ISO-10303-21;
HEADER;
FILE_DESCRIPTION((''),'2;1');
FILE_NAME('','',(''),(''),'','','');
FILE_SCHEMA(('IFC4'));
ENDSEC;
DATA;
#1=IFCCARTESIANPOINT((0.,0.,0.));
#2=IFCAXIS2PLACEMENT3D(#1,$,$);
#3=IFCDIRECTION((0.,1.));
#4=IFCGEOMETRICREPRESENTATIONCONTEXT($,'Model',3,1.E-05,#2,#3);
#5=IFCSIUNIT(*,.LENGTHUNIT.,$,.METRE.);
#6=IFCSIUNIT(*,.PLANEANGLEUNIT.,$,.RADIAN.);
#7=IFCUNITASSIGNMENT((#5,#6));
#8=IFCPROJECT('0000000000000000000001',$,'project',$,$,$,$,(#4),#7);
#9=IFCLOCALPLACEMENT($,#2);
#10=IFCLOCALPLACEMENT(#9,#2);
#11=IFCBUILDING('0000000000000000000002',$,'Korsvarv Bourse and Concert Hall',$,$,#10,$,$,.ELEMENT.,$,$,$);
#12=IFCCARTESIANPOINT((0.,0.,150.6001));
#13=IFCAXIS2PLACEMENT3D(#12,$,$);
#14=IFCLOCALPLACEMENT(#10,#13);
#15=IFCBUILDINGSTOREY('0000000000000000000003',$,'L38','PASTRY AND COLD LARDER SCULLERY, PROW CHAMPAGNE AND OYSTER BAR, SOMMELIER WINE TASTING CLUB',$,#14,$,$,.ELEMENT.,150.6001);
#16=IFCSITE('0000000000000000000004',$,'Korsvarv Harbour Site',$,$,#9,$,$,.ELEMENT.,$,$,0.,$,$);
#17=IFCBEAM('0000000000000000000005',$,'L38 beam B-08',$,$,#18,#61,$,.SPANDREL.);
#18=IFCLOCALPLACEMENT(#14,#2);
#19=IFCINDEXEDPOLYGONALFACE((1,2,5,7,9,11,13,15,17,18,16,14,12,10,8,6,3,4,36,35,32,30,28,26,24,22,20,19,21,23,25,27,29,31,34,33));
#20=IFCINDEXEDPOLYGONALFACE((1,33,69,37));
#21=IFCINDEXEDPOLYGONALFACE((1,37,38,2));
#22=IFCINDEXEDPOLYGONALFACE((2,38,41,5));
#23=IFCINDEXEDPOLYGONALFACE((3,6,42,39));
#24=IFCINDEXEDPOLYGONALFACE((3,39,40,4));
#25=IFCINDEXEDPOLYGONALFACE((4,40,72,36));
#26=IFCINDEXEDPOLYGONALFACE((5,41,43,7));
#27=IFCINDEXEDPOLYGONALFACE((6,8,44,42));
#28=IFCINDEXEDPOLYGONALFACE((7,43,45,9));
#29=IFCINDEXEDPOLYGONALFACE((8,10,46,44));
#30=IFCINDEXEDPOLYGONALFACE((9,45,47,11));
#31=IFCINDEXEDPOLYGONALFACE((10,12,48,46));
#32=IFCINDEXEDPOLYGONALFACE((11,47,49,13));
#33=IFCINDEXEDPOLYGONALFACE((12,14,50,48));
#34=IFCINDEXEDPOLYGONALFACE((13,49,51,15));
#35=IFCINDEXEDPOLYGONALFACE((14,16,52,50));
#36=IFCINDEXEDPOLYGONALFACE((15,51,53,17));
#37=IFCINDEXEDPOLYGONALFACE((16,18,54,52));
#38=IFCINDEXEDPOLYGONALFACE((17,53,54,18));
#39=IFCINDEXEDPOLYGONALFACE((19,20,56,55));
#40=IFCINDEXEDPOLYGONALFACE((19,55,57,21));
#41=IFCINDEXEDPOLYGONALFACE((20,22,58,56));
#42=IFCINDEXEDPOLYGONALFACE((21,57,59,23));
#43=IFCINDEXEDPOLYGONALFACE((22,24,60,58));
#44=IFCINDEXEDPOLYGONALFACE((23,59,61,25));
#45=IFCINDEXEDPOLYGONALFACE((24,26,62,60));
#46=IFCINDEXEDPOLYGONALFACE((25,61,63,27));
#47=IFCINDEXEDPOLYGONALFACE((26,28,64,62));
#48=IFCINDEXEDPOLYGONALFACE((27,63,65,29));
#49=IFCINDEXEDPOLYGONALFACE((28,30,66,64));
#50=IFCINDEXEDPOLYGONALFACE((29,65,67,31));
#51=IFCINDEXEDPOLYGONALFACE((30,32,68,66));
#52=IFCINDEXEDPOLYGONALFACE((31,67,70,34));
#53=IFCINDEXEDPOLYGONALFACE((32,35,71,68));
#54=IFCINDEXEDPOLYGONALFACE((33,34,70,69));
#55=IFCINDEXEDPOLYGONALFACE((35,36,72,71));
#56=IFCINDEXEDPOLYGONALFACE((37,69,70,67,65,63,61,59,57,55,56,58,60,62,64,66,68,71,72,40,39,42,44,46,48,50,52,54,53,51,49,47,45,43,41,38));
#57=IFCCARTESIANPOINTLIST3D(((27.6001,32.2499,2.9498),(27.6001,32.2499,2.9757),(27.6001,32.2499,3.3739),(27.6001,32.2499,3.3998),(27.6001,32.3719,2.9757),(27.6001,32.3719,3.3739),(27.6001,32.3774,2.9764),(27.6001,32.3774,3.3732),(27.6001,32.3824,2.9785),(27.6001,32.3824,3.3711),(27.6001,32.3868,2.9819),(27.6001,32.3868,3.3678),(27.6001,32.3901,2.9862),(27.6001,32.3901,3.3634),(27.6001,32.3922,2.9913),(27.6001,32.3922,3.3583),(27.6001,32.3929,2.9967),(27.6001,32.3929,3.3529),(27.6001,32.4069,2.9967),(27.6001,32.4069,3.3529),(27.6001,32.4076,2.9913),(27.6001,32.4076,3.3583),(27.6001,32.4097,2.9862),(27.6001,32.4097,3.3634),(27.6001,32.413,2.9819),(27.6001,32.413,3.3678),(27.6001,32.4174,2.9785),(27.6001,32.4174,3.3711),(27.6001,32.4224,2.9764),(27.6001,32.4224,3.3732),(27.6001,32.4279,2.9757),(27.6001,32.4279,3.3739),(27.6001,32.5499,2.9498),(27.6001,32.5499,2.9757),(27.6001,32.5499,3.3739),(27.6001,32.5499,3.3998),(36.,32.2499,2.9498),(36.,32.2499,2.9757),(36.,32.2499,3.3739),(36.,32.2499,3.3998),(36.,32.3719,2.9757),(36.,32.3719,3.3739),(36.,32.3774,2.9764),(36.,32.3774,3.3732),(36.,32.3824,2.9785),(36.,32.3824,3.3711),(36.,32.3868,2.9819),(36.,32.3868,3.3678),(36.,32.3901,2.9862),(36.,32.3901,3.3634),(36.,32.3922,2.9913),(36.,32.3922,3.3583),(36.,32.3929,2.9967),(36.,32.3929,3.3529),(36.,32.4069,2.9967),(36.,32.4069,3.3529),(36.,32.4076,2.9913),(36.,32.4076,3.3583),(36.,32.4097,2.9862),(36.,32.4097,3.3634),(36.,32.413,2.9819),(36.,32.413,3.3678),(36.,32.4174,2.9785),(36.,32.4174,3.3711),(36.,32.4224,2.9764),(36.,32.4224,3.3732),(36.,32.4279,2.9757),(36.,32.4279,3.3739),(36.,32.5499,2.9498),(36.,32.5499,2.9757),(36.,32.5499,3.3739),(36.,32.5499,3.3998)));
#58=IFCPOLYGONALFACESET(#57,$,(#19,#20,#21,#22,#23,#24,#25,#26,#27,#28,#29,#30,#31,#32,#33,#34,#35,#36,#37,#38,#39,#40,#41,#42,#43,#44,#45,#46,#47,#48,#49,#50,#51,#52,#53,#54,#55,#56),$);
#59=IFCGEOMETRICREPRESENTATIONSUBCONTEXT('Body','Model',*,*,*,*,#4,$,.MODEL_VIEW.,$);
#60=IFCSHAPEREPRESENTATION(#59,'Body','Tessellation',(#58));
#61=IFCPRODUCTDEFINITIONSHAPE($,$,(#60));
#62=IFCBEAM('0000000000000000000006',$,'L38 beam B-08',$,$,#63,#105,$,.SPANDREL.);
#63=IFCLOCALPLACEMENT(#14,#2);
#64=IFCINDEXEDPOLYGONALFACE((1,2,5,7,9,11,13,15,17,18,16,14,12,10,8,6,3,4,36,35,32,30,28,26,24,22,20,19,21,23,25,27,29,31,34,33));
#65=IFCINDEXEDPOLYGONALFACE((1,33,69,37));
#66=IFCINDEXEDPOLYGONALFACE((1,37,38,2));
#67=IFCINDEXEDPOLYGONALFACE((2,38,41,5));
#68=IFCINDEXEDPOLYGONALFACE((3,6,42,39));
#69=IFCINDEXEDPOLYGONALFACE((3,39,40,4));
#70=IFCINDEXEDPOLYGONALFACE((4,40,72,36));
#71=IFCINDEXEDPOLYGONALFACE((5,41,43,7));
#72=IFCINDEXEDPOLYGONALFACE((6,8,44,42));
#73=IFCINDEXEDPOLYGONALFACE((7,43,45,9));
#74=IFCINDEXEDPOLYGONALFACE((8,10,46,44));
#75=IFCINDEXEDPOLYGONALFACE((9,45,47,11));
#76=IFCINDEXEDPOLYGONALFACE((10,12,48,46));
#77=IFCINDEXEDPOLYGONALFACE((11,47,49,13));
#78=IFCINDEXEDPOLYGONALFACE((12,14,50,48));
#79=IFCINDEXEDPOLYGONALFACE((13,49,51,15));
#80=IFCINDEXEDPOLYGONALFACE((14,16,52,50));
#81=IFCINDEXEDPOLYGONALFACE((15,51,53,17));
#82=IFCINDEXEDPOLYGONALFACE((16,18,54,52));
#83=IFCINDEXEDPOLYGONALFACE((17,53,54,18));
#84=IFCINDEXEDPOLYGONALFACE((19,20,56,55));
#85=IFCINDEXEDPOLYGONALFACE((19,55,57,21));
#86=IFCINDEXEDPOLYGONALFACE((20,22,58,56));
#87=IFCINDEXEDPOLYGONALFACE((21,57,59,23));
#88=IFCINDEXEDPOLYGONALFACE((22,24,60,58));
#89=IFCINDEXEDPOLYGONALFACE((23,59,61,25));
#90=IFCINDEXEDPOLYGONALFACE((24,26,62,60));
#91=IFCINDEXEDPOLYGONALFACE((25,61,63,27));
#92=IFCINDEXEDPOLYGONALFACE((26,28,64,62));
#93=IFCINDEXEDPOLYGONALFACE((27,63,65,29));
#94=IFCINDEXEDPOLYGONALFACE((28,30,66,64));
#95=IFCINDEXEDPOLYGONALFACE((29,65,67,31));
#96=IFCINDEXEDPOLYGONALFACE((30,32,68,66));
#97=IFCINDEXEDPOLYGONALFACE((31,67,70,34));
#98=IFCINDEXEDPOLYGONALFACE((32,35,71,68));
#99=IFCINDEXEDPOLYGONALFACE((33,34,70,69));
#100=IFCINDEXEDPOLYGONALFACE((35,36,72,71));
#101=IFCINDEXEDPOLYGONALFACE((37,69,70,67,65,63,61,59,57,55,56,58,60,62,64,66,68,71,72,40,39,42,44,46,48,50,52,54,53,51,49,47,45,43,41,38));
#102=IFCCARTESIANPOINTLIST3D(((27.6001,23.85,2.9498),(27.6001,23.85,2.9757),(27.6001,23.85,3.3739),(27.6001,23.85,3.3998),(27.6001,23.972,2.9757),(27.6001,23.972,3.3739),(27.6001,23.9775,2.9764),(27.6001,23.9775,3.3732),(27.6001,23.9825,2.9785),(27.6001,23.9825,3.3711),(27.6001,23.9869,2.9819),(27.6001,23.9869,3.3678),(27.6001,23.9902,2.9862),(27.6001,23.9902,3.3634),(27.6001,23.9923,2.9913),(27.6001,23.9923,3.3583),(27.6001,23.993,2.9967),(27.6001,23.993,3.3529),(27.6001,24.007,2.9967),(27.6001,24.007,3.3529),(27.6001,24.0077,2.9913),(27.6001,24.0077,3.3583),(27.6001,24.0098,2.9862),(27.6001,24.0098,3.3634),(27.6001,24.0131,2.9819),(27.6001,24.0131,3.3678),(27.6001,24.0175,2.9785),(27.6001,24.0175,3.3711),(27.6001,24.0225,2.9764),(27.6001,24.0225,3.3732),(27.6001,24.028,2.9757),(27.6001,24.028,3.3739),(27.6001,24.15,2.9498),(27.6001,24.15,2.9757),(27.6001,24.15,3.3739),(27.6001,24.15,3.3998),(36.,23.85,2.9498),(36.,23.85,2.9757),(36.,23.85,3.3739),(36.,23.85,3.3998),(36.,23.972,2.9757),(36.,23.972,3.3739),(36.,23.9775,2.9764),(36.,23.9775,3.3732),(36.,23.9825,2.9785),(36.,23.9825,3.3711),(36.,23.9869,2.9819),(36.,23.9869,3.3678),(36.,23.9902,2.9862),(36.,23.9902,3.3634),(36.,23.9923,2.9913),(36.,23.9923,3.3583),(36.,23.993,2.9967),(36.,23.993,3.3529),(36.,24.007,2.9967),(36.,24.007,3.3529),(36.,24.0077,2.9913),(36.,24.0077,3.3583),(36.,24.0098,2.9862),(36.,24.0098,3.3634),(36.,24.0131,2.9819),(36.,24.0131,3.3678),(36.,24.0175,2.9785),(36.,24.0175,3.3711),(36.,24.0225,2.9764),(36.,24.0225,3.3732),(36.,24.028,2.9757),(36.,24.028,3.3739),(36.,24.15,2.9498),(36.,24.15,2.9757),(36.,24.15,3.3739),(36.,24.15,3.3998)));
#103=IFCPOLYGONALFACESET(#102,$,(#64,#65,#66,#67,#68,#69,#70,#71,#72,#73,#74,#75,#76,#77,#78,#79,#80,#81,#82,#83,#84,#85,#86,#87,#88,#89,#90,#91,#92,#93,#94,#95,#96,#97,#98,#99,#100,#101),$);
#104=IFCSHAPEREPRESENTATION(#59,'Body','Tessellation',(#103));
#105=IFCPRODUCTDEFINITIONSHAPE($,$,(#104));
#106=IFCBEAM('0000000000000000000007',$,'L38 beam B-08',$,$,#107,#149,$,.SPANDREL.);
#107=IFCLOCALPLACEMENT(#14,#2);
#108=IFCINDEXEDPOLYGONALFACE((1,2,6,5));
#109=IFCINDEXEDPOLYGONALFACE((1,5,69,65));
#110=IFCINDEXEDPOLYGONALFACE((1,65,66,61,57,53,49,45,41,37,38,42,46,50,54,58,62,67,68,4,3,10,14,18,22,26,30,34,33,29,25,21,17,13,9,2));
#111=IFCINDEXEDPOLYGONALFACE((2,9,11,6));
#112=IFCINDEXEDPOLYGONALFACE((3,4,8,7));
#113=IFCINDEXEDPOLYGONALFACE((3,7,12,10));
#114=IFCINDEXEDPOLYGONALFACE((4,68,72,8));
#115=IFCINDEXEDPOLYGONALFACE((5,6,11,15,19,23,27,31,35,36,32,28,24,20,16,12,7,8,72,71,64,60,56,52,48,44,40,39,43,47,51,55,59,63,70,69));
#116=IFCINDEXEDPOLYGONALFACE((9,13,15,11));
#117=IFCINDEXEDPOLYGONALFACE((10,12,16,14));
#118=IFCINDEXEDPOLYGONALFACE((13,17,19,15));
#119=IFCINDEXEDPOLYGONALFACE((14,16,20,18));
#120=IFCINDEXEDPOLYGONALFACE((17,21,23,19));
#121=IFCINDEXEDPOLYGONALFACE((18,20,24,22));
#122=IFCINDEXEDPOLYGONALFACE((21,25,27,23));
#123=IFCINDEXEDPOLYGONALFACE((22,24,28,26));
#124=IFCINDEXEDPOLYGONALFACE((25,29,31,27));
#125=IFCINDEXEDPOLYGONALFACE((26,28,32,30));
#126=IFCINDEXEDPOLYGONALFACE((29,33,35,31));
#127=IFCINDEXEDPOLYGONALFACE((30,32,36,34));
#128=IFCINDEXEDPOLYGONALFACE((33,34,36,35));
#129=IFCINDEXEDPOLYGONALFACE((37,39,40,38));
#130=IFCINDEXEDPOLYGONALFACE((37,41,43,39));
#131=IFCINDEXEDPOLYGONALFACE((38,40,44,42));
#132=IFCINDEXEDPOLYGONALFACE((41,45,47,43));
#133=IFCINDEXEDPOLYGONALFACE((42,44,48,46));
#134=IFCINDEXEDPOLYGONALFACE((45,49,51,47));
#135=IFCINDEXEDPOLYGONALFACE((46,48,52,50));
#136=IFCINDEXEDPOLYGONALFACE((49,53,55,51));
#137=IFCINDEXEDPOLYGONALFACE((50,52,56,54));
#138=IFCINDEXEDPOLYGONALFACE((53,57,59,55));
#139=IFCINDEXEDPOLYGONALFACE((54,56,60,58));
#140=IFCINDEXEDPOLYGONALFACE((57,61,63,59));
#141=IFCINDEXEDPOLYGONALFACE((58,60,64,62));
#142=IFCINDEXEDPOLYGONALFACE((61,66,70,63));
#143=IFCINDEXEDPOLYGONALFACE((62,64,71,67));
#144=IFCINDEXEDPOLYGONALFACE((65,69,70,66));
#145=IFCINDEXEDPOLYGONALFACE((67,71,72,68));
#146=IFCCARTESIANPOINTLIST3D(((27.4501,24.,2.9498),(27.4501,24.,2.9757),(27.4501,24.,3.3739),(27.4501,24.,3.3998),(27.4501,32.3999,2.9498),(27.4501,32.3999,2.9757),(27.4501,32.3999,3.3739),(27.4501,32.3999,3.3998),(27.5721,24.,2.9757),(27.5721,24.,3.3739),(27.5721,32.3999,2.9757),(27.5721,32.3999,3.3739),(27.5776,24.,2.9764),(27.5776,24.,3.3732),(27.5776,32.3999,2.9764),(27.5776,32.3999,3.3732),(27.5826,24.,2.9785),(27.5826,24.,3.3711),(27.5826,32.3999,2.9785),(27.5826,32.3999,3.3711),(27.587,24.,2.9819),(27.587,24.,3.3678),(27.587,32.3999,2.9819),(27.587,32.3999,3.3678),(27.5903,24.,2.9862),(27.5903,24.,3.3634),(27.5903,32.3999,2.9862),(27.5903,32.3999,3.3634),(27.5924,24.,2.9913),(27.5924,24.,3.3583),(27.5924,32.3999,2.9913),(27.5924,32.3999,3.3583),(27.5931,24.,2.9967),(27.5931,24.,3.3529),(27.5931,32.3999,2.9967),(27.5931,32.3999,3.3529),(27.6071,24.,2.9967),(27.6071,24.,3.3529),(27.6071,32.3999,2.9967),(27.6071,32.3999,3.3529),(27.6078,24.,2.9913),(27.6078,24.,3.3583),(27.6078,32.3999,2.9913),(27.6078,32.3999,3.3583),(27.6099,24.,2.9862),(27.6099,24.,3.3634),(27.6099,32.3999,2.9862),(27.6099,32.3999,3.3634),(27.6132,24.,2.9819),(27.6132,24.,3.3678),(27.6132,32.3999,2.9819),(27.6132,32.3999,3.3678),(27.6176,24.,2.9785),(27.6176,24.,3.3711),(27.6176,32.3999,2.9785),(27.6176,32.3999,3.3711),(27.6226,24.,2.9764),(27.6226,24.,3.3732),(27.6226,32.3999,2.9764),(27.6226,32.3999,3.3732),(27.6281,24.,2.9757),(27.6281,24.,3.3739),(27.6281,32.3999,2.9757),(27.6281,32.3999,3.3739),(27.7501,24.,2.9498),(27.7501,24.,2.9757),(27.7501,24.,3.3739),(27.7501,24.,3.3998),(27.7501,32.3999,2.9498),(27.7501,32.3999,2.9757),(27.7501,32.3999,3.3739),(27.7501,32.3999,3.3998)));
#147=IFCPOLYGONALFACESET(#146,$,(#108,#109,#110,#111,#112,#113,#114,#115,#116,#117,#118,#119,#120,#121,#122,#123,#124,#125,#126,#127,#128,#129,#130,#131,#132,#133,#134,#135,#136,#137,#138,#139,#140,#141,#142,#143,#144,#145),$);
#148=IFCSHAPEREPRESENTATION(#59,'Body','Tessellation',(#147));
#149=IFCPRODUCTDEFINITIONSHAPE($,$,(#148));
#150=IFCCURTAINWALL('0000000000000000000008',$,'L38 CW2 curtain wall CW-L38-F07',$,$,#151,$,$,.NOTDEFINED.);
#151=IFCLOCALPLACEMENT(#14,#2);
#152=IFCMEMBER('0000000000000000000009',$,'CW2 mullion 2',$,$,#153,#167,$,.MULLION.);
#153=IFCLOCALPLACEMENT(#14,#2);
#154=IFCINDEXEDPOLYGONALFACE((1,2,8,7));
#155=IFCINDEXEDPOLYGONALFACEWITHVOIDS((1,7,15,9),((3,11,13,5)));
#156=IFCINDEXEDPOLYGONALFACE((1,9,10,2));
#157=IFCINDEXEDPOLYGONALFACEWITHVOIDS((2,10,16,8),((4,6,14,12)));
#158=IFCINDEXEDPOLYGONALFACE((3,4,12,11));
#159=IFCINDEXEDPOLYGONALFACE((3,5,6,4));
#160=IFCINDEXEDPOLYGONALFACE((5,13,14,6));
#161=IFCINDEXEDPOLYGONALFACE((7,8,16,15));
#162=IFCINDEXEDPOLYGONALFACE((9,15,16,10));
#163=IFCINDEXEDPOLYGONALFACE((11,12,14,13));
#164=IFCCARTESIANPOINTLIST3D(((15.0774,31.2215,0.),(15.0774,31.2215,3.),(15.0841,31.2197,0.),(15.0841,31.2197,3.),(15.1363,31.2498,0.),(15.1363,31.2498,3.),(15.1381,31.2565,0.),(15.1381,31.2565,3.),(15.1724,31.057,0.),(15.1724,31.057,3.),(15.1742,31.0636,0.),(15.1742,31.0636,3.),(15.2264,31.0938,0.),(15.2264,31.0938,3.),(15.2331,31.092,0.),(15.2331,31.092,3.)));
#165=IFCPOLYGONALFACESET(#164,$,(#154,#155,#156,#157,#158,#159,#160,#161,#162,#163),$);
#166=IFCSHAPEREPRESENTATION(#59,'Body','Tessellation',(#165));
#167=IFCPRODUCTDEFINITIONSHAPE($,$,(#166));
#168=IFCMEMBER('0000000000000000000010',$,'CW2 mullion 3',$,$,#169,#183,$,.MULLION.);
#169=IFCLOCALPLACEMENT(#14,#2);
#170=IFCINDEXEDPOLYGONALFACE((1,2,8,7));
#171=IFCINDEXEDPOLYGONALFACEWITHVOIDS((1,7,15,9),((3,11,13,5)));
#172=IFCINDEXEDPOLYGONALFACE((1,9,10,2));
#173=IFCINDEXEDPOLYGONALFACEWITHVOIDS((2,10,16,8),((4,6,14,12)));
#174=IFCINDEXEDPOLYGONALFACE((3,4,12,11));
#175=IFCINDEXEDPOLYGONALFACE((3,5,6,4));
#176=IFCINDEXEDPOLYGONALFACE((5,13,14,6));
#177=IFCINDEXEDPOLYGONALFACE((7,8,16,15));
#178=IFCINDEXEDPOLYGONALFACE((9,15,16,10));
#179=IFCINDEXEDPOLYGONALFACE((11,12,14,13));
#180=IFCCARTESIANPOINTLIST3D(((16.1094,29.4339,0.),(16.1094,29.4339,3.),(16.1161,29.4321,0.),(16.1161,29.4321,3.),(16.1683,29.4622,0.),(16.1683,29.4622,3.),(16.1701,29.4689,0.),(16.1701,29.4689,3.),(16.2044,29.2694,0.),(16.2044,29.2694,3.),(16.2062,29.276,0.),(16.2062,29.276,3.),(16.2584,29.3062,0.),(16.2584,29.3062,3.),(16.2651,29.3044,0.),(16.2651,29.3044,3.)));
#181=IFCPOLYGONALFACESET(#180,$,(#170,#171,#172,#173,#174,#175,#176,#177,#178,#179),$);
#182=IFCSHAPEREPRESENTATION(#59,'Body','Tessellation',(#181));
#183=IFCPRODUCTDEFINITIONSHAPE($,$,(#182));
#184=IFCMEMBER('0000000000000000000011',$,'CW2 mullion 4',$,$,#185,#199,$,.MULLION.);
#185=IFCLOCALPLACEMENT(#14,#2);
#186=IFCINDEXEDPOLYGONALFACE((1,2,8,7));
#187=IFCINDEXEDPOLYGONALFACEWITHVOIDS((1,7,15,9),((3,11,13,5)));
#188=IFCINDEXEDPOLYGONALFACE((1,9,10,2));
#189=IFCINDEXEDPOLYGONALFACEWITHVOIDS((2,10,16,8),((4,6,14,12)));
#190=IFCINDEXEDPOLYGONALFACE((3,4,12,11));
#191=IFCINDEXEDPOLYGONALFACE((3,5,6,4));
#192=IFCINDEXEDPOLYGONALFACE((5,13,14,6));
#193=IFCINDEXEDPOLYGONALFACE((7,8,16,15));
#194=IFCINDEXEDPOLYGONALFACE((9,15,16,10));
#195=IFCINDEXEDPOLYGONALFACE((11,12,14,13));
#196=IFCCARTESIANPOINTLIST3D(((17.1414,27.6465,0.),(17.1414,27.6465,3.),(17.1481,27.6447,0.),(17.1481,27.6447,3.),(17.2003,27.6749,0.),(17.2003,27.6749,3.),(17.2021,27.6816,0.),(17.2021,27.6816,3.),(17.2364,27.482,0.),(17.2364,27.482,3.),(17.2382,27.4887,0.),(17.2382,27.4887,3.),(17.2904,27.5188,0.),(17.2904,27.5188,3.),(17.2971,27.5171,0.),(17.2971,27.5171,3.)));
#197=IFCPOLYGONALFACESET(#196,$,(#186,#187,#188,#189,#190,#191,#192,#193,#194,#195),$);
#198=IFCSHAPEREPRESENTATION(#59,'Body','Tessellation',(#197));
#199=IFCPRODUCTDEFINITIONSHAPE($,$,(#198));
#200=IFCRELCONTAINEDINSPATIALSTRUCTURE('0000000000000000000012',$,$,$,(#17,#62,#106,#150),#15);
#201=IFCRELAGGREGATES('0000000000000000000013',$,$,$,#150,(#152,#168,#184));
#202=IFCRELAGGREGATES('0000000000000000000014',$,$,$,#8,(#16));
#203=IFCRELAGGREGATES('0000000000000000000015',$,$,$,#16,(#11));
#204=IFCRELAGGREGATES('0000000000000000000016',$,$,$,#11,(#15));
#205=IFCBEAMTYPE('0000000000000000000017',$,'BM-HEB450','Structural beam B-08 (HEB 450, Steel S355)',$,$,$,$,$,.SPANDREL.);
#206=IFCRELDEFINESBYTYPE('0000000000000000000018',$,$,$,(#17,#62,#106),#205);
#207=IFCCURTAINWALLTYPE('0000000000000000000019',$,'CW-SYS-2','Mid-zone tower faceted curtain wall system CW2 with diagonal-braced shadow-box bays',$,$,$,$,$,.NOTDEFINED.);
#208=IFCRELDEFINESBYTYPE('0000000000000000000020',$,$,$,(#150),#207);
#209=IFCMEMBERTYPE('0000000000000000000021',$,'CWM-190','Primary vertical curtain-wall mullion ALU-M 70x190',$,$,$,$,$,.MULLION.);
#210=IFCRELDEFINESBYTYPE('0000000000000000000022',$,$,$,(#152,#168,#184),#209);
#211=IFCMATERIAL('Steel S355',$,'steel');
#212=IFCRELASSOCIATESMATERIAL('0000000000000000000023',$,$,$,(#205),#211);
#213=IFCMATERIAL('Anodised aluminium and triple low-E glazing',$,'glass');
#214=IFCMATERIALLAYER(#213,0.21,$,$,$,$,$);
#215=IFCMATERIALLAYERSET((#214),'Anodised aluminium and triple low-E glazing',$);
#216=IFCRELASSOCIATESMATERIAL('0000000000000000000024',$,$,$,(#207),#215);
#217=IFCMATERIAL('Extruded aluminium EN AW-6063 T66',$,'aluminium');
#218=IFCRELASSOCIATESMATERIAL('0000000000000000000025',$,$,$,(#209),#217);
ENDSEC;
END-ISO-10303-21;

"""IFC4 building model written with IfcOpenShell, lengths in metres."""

from ifc_helpers import new_model, si_unit, direction, frame, origin, origin_2d, place, context, subcontext, project, spatial, hollow_rectangle, i_section, extrude, source, transform, mapped, material, layer, layer_set, material_profile, profile_set, type_object, element, aggregate, save


model = new_model("IFC4")

# Units and contexts
model_context = context("Model", 3, precision=1e-05, world=origin(), true_north=direction((0.0, 1.0)))
body_context = subcontext(model_context, "Body", "Model", "MODEL_VIEW")
ifc_project = project(units=[si_unit("LENGTHUNIT", "METRE"), si_unit("PLANEANGLEUNIT", "RADIAN")], contexts=[model_context])

# Site, building, storey
site_placement = place(None, origin())
site = spatial("IfcSite", under=ifc_project, at=site_placement, Name="Korsvarv Harbour Site", CompositionType="ELEMENT", RefElevation=0.0)
building_placement = place(site_placement, origin())
building = spatial("IfcBuilding", under=site, at=building_placement, Name="Korsvarv Bourse and Concert Hall", CompositionType="ELEMENT")
storey_placement = place(building_placement, frame((0.0, 0.0, 150.6001)))
storey = spatial("IfcBuildingStorey", under=building, at=storey_placement, Name="L38", Description="PASTRY AND COLD LARDER SCULLERY, PROW CHAMPAGNE AND OYSTER BAR, SOMMELIER WINE TASTING CLUB", CompositionType="ELEMENT", Elevation=150.6001)

# Shared definitions
ifc_material_1 = material(Name="Steel S355", Category="steel")

# Beams
ifc_material_profile_1 = material_profile(ifc_material_1, i_section(OverallWidth=0.3, OverallDepth=0.45, WebThickness=0.0139, FlangeThickness=0.0259, FilletRadius=0.021, at=origin_2d()), Name="HEB 450")
ifc_profile_set_1 = profile_set([ifc_material_profile_1], Name="Steel S355")
beam_type_1 = type_object("IfcBeamType", Name="BM-HEB450", Description="Structural beam B-08 (HEB 450, Steel S355)", PredefinedType="SPANDREL", material=ifc_profile_set_1)
shared_shape_1 = source(origin(), body_context, "Body", "SweptSolid", [
    extrude(i_section(OverallWidth=0.3, OverallDepth=0.45, WebThickness=0.0139, FlangeThickness=0.0259, FilletRadius=0.021, at=origin_2d()), origin(), (0.0, 0.0, 1.0), 8.3999),
])
for number, where, z_axis, x_axis, name in (
    (1, (27.6001, 32.3999, 3.1748), (1.0, 0.0, 0.0), (0.0, 1.0, 0.0), "L38 beam B-08"),
    (2, (27.6001, 24.0, 3.1748), (1.0, 0.0, 0.0), (0.0, 1.0, 0.0), "L38 beam B-08"),
    (3, (27.6001, 24.0, 3.1748), (0.0, 1.0, 0.0), (-1.0, 0.0, 0.0), "L38 beam B-08"),
):
    element("IfcBeam", number, at=place(storey_placement, frame(where, z_axis=z_axis, x_axis=x_axis)), inside=storey, type_object=beam_type_1, Name=name, PredefinedType="SPANDREL", context=body_context, shape_type="MappedRepresentation", body=[
        mapped(shared_shape_1, transform((0.0, 0.0, 0.0), scale=1.0)),
    ])

# Curtain wall, members
ifc_material_2 = material(Name="Anodised aluminium and triple low-E glazing", Category="glass")
ifc_layer_1 = layer(ifc_material_2, 0.21)
ifc_layer_set_1 = layer_set([ifc_layer_1], Name="Anodised aluminium and triple low-E glazing")
curtain_wall_type = type_object("IfcCurtainWallType", Name="CW-SYS-2", Description="Mid-zone tower faceted curtain wall system CW2 with diagonal-braced shadow-box bays", PredefinedType="NOTDEFINED", material=ifc_layer_set_1)
curtain_wall_placement = place(storey_placement, origin())
curtain_wall = element("IfcCurtainWall", 4, at=curtain_wall_placement, inside=storey, type_object=curtain_wall_type, Name="L38 CW2 curtain wall CW-L38-F07", PredefinedType="NOTDEFINED")
ifc_material_3 = material(Name="Extruded aluminium EN AW-6063 T66", Category="aluminium")
ifc_material_profile_2 = material_profile(ifc_material_3, hollow_rectangle(XDim=0.0701, YDim=0.1899, WallThickness=0.0049, at=origin_2d()), Name="ALU-M 70x190")
ifc_profile_set_2 = profile_set([ifc_material_profile_2], Name="Extruded aluminium EN AW-6063 T66")
member_type_1 = type_object("IfcMemberType", Name="CWM-190", Description="Primary vertical curtain-wall mullion ALU-M 70x190", PredefinedType="MULLION", material=ifc_profile_set_2)
shared_shape_2 = source(origin(), body_context, "Body", "SweptSolid", [
    extrude(hollow_rectangle(XDim=0.0701, YDim=0.1899, WallThickness=0.0049, at=origin_2d()), origin(), (0.0, 0.0, 1.0), 3.0),
])
member_1_placement = place(storey_placement, frame((15.1553, 31.1567, 0.0), z_axis=(0.0, 0.0, 1.0), x_axis=(0.866022, 0.500006, 0.0)))
member_1 = element("IfcMember", 5, at=member_1_placement, type_object=member_type_1, Name="CW2 mullion 2", PredefinedType="MULLION", context=body_context, shape_type="MappedRepresentation", body=[
    mapped(shared_shape_2, transform((0.0, 0.0, 0.0), scale=1.0)),
])
member_2_placement = place(storey_placement, frame((16.1873, 29.3691, 0.0), z_axis=(0.0, 0.0, 1.0), x_axis=(0.866022, 0.500006, 0.0)))
member_2 = element("IfcMember", 6, at=member_2_placement, type_object=member_type_1, Name="CW2 mullion 3", PredefinedType="MULLION", context=body_context, shape_type="MappedRepresentation", body=[
    mapped(shared_shape_2, transform((0.0, 0.0, 0.0), scale=1.0)),
])
member_3_placement = place(storey_placement, frame((17.2192, 27.5818, 0.0), z_axis=(0.0, 0.0, 1.0), x_axis=(0.866022, 0.500006, 0.0)))
member_3 = element("IfcMember", 7, at=member_3_placement, type_object=member_type_1, Name="CW2 mullion 4", PredefinedType="MULLION", context=body_context, shape_type="MappedRepresentation", body=[
    mapped(shared_shape_2, transform((0.0, 0.0, 0.0), scale=1.0)),
])
aggregate(curtain_wall, [member_1, member_2, member_3])

save(model, "model.ifc")
